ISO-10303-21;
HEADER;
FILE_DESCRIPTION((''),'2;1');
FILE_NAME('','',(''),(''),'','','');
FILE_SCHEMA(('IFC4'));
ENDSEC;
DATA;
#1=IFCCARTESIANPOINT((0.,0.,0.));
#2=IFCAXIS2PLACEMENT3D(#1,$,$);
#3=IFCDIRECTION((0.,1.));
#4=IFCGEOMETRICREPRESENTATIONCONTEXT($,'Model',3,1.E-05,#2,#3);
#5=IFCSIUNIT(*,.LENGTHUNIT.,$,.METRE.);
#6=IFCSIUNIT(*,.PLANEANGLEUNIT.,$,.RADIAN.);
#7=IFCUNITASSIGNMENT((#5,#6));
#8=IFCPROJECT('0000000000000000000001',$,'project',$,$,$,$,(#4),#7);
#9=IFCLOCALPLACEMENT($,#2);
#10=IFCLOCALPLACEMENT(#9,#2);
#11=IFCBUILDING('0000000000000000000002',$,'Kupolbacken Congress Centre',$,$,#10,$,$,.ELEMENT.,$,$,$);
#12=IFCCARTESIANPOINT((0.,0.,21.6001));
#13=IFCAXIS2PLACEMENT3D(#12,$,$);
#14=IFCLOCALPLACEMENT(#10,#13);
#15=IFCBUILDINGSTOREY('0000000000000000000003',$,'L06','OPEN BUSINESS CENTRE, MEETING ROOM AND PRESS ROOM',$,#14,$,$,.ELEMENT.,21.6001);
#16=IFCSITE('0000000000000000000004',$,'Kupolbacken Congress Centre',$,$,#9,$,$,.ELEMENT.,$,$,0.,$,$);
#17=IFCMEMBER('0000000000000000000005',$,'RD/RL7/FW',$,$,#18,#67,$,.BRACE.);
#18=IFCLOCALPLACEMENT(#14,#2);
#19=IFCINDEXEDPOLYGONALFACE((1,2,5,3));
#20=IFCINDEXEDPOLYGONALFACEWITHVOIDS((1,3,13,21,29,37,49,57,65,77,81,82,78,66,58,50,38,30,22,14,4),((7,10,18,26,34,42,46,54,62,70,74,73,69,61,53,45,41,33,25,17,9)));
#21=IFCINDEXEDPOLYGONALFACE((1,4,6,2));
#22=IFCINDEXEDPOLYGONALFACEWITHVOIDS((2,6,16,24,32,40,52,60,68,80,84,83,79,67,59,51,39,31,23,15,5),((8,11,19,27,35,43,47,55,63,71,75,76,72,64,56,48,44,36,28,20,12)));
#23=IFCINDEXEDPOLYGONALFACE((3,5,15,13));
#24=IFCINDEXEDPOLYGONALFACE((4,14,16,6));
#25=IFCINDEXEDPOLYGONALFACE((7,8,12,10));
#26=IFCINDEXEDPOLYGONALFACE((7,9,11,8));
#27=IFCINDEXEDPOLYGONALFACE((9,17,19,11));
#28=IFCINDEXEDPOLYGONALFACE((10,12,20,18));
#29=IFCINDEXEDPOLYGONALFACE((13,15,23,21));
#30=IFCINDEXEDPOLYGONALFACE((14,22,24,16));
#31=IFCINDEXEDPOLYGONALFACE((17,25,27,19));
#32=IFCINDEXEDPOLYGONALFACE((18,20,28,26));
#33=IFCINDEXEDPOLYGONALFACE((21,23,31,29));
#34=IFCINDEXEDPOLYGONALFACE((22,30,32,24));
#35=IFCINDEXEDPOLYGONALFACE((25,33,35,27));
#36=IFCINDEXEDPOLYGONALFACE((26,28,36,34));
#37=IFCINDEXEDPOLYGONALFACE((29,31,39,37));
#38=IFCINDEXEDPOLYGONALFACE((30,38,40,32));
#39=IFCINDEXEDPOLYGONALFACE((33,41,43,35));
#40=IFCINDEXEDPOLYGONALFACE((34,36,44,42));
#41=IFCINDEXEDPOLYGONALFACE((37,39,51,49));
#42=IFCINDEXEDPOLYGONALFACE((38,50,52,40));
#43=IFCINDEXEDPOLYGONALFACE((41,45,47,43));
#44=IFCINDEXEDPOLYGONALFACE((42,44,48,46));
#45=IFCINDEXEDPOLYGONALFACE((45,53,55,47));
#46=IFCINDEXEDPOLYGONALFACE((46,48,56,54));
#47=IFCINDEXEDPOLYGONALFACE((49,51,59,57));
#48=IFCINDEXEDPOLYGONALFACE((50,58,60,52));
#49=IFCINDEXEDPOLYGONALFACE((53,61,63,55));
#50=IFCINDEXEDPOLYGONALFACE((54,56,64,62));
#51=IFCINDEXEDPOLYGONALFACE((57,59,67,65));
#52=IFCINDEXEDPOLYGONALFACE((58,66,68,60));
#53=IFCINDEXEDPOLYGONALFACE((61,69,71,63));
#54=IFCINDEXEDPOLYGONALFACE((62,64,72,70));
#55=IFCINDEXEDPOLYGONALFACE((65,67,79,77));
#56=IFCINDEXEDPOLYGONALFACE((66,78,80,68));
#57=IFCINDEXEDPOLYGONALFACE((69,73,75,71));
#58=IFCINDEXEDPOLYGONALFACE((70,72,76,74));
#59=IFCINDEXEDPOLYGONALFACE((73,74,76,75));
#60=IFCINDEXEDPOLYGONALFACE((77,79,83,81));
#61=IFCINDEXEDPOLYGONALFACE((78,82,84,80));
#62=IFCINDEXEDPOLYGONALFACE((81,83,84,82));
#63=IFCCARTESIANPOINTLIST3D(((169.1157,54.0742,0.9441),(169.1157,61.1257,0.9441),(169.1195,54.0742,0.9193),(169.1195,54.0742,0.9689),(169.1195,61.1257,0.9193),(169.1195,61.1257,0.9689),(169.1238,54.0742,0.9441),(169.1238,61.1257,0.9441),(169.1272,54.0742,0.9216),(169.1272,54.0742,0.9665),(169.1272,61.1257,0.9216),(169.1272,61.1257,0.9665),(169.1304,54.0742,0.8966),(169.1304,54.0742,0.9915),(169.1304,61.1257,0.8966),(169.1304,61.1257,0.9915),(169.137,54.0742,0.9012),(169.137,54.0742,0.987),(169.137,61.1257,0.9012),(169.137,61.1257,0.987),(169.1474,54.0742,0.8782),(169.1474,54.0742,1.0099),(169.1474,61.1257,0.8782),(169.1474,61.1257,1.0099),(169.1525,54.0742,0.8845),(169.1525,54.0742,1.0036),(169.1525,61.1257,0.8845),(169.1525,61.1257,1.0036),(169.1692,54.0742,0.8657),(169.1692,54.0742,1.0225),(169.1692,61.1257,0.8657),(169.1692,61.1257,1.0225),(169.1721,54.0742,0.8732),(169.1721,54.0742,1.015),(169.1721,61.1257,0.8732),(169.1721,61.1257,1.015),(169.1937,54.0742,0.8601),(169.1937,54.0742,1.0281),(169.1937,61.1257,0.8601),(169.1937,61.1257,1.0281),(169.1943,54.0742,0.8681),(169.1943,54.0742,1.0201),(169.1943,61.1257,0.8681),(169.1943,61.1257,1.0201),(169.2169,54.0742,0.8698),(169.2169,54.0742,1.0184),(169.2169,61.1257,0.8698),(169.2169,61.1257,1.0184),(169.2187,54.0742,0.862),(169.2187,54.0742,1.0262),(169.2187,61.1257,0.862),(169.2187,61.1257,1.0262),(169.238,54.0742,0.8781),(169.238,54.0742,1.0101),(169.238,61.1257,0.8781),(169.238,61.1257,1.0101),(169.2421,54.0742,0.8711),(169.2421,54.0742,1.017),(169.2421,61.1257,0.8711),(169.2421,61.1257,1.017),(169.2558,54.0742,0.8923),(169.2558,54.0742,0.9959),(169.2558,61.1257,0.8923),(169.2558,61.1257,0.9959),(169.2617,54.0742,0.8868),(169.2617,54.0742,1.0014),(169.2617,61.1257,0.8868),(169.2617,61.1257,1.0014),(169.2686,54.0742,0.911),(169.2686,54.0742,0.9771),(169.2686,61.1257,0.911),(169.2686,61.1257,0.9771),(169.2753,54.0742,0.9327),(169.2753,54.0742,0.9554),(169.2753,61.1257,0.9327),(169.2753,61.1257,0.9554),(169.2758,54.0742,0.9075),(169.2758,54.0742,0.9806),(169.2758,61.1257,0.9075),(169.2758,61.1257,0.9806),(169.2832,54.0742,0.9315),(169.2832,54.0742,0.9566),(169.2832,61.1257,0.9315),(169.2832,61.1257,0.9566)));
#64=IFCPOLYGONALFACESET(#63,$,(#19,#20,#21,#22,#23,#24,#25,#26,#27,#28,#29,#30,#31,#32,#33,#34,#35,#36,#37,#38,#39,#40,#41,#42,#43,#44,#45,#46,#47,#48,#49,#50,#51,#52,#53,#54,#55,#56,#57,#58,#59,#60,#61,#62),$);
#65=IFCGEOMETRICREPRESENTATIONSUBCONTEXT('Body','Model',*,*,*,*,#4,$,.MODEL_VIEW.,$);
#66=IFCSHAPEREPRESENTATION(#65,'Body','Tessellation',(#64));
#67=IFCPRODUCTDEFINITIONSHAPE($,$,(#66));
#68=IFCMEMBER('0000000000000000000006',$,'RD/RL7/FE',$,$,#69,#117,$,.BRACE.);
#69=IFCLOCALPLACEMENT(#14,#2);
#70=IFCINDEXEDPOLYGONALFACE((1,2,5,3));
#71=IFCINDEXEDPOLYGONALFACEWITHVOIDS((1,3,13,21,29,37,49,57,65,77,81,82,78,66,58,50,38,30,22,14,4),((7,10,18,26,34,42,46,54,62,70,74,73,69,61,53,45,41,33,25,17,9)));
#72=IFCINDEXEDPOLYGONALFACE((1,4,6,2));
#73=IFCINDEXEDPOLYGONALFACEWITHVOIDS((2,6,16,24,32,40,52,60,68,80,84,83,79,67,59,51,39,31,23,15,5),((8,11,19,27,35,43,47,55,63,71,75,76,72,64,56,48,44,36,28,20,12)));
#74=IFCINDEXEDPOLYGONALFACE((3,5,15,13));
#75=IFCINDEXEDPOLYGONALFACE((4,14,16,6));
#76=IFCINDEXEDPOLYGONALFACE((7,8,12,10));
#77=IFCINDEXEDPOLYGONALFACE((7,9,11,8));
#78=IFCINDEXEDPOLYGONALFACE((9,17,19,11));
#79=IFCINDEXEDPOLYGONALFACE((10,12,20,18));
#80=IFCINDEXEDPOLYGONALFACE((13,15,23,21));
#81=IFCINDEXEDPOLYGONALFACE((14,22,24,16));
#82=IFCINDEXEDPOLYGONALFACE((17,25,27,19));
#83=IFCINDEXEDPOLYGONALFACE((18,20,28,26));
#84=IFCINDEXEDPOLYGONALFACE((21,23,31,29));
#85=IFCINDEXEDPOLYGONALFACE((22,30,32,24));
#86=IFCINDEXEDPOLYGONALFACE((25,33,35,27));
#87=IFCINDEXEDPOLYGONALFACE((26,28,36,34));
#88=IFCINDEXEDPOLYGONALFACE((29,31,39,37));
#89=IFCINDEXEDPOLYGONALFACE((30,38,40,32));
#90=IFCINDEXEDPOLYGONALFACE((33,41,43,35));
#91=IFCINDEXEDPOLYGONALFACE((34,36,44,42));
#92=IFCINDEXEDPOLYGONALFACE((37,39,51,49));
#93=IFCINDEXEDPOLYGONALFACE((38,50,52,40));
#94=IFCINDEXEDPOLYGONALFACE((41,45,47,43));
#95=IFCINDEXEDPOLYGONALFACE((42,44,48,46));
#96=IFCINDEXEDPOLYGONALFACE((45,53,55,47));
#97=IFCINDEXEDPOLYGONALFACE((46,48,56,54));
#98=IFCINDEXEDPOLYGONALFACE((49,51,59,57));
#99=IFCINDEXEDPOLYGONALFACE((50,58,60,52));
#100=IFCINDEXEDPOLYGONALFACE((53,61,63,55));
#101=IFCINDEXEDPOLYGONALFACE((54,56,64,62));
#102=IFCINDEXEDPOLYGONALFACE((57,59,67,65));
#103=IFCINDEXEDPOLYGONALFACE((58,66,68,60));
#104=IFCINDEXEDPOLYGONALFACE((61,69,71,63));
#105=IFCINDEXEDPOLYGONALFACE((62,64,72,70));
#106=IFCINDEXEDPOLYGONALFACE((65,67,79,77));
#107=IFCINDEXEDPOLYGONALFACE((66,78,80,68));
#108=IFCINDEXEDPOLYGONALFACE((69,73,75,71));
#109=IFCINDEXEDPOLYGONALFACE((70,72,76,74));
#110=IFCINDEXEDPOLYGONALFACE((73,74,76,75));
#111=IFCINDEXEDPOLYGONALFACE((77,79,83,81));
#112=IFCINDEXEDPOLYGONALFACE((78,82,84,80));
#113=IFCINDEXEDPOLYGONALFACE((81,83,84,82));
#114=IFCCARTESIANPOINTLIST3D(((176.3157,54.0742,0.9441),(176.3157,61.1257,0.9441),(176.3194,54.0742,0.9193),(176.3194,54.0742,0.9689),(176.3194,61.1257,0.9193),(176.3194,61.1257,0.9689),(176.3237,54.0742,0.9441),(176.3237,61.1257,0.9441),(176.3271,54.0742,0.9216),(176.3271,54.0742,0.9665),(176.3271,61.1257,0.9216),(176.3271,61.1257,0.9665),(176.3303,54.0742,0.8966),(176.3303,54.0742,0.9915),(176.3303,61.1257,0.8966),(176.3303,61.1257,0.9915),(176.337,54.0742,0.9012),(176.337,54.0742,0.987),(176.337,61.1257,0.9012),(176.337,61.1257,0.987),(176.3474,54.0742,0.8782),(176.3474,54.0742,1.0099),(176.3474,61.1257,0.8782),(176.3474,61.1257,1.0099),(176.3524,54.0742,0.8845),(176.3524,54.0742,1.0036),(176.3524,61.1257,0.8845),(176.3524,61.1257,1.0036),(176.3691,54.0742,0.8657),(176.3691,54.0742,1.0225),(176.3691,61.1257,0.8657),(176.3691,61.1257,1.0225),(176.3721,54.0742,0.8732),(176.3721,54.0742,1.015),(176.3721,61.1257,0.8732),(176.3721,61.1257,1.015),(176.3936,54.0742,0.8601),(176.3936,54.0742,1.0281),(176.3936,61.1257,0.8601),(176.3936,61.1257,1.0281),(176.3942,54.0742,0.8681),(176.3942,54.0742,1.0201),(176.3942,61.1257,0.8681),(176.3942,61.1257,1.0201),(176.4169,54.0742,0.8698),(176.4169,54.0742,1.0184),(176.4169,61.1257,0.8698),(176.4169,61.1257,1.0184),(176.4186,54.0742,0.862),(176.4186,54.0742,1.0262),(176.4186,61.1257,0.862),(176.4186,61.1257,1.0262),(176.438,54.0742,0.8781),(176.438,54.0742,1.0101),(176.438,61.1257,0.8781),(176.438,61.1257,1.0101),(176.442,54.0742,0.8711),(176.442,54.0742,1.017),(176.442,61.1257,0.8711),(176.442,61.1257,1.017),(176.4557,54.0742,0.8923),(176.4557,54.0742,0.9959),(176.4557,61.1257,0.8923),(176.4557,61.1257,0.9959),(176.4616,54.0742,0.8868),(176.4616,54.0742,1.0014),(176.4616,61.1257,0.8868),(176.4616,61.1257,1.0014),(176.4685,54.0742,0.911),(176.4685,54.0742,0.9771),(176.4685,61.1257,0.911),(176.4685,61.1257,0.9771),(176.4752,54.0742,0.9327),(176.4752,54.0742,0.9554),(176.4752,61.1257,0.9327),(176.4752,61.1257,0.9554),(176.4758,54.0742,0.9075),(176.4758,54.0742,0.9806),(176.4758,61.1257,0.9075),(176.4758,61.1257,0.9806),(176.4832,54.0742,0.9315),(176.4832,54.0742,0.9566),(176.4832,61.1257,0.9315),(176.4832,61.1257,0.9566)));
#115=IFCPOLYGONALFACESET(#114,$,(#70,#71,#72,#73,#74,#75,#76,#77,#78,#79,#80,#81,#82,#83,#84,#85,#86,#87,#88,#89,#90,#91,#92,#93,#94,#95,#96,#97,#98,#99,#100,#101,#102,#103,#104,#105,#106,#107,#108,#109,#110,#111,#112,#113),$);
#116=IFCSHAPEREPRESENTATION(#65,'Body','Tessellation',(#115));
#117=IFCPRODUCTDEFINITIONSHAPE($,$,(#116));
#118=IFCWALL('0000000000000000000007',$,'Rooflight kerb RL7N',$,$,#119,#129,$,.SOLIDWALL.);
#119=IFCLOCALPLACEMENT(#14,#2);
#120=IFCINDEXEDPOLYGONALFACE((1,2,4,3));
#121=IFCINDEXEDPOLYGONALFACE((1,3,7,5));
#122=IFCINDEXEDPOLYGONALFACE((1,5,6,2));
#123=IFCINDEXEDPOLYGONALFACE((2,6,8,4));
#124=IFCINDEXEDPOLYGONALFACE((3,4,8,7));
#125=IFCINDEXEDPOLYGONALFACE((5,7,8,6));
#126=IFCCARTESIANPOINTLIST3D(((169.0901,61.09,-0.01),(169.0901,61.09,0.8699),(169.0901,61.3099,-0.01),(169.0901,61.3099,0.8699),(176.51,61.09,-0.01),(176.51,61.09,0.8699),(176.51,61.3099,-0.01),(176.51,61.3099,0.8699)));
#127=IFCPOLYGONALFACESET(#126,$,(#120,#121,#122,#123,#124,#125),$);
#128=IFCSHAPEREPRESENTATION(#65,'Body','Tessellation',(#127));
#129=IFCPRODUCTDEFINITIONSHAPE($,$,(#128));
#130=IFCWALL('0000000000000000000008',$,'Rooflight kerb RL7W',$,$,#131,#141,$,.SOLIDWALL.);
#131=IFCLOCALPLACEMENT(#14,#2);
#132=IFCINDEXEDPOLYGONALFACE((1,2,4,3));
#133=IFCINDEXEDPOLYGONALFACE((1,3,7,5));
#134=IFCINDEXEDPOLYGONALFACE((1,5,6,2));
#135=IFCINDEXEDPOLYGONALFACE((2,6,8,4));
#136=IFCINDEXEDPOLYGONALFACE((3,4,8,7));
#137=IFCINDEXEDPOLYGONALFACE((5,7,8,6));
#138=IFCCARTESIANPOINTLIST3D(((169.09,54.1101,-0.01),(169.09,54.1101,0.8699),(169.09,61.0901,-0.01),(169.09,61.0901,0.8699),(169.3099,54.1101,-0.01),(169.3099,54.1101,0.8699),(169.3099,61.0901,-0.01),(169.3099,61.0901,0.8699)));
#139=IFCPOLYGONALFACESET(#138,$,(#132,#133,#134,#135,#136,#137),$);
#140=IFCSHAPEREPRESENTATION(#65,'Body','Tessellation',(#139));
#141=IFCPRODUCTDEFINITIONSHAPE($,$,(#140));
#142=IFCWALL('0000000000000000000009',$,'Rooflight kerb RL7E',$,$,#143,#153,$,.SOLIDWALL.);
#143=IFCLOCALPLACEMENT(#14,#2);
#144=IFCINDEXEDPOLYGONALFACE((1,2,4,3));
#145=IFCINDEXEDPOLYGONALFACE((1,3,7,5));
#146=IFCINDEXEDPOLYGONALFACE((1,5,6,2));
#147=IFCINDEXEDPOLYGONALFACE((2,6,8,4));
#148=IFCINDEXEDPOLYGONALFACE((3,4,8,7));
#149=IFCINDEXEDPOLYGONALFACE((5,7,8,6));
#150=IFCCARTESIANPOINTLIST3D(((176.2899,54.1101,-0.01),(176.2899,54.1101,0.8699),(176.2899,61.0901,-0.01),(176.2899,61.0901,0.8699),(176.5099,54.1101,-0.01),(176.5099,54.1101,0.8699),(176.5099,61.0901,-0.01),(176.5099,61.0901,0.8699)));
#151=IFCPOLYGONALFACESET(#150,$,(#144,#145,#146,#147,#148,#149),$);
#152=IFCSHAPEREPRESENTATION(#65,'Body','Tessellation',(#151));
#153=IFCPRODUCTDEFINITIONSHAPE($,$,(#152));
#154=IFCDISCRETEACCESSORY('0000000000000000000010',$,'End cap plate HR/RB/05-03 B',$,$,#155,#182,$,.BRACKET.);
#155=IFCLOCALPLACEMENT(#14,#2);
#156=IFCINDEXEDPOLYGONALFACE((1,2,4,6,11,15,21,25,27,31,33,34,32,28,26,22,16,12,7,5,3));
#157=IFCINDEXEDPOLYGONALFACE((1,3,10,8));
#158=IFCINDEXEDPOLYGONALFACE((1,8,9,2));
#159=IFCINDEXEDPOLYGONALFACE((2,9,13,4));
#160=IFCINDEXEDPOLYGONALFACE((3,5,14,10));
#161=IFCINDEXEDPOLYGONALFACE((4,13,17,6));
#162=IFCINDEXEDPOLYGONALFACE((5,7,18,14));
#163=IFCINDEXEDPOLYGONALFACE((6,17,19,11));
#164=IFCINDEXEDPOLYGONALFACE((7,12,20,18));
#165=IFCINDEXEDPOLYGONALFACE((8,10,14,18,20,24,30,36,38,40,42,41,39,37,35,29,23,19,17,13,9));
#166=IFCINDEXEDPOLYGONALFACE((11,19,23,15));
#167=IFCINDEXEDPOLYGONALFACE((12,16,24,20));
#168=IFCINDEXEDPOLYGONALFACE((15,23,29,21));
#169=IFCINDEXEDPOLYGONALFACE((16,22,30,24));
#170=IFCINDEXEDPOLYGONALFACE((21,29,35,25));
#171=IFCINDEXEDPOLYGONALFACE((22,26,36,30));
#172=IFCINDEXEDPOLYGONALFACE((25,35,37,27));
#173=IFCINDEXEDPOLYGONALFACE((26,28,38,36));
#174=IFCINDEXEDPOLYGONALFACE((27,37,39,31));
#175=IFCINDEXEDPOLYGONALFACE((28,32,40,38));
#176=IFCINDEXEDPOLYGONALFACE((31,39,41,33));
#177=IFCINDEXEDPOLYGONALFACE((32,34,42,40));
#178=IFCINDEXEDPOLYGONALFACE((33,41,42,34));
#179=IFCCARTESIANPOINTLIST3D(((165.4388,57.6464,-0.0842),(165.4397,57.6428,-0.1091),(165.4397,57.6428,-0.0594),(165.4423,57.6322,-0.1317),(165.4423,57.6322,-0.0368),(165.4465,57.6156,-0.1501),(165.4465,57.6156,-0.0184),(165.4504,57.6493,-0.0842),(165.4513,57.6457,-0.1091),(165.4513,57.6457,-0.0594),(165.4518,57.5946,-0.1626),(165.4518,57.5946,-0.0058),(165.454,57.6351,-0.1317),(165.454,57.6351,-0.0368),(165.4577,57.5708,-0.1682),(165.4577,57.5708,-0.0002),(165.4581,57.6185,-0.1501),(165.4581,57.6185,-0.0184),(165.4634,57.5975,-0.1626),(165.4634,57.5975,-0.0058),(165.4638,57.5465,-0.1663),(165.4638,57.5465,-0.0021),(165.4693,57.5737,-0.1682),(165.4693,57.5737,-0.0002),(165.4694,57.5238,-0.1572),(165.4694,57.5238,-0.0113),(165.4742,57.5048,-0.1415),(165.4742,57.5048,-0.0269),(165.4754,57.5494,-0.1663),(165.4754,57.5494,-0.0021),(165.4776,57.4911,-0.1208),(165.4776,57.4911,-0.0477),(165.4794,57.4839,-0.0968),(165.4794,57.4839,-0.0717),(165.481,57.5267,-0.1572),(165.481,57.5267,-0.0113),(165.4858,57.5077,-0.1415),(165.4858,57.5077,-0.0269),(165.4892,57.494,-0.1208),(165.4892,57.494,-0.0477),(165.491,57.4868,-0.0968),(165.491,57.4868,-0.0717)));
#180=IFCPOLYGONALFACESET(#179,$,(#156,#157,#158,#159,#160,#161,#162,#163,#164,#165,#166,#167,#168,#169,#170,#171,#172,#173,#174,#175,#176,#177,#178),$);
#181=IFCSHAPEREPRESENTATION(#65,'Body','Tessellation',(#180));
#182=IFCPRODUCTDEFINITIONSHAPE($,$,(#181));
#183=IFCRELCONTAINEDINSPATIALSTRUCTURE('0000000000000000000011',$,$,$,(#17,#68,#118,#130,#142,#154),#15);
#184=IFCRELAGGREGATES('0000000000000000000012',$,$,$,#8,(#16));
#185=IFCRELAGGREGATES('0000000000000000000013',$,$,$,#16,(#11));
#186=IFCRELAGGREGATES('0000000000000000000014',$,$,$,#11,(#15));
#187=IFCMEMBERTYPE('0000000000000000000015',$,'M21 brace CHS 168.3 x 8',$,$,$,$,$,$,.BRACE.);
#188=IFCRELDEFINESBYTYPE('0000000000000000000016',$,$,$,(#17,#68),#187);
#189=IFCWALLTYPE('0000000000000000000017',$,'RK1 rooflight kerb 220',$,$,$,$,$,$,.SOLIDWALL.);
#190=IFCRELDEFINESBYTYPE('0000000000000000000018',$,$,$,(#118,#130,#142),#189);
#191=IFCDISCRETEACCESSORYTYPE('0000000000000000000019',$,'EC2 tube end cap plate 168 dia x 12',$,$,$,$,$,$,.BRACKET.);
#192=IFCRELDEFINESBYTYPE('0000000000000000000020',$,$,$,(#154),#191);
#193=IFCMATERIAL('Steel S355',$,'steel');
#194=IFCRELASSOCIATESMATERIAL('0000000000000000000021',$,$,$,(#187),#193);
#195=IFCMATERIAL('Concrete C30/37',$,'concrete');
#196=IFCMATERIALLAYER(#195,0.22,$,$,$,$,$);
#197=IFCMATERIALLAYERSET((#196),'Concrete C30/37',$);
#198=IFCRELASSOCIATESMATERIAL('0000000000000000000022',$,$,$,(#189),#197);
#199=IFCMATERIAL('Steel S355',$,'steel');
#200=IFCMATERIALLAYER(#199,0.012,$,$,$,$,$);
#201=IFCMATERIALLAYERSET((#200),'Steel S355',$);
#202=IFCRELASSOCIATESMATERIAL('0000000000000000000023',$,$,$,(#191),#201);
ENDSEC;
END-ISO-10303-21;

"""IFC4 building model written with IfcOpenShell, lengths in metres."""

from ifc_helpers import new_model, si_unit, direction, frame, frame_2d, origin, origin_2d, place, context, subcontext, project, spatial, rectangle, circle, hollow_circle, extrude, material, layer, layer_set, material_profile, profile_set, type_object, element, save


model = new_model("IFC4")

# Units and contexts
model_context = context("Model", 3, precision=1e-05, world=origin(), true_north=direction((0.0, 1.0)))
body_context = subcontext(model_context, "Body", "Model", "MODEL_VIEW")
ifc_project = project(units=[si_unit("LENGTHUNIT", "METRE"), si_unit("PLANEANGLEUNIT", "RADIAN")], contexts=[model_context])

# Site, building, storey
site_placement = place(None, origin())
site = spatial("IfcSite", under=ifc_project, at=site_placement, Name="Kupolbacken Congress Centre", CompositionType="ELEMENT", RefElevation=0.0)
building_placement = place(site_placement, origin())
building = spatial("IfcBuilding", under=site, at=building_placement, Name="Kupolbacken Congress Centre", CompositionType="ELEMENT")
storey_placement = place(building_placement, frame((0.0, 0.0, 21.6001)))
storey = spatial("IfcBuildingStorey", under=building, at=storey_placement, Name="L06", Description="OPEN BUSINESS CENTRE, MEETING ROOM AND PRESS ROOM", CompositionType="ELEMENT", Elevation=21.6001)

# Members
ifc_material_1 = material(Name="Steel S355", Category="steel")
ifc_material_profile_1 = material_profile(ifc_material_1, hollow_circle(Radius=0.0842, WallThickness=0.0081, at=origin_2d()), Name="CHS 168.3 x 8")
ifc_profile_set_1 = profile_set([ifc_material_profile_1], Name="Steel S355")
member_type_1 = type_object("IfcMemberType", Name="M21 brace CHS 168.3 x 8", PredefinedType="BRACE", material=ifc_profile_set_1)
for number, where, z_axis, x_axis, name in (
    (1, (169.2, 54.0742, 0.9441), (0.0, 1.0, 0.0), (-1.0, 0.0, 0.0), "RD/RL7/FW"),
    (2, (176.3999, 54.0742, 0.9441), (0.0, 1.0, 0.0), (-1.0, 0.0, 0.0), "RD/RL7/FE"),
):
    element("IfcMember", number, at=place(storey_placement, frame(where, z_axis=z_axis, x_axis=x_axis)), inside=storey, type_object=member_type_1, Name=name, PredefinedType="BRACE", context=body_context, shape_type="SweptSolid", body=[
        extrude(hollow_circle(Radius=0.0842, WallThickness=0.0081, at=origin_2d()), origin(), (0.0, 0.0, 1.0), 7.0515),
    ])

# Walls
ifc_material_2 = material(Name="Concrete C30/37", Category="concrete")
ifc_layer_1 = layer(ifc_material_2, 0.22)
ifc_layer_set_1 = layer_set([ifc_layer_1], Name="Concrete C30/37")
wall_type = type_object("IfcWallType", Name="RK1 rooflight kerb 220", PredefinedType="SOLIDWALL", material=ifc_layer_set_1)
wall_placement = place(storey_placement, frame((169.0901, 61.2, -0.01), z_axis=(0.0, 0.0, 1.0), x_axis=(1.0, 0.0, 0.0)))
element("IfcWall", 3, at=wall_placement, inside=storey, type_object=wall_type, Name="Rooflight kerb RL7N", PredefinedType="SOLIDWALL", context=body_context, shape_type="SweptSolid", body=[
    extrude(rectangle(XDim=7.4199, YDim=0.22, at=frame_2d((3.71, 0.0))), origin(), (0.0, 0.0, 1.0), 0.8799),
])
for number, where, z_axis, x_axis, name in (
    (4, (169.2, 54.1101, -0.01), (0.0, 0.0, 1.0), (0.0, 1.0, 0.0), "Rooflight kerb RL7W"),
    (5, (176.3999, 54.1101, -0.01), (0.0, 0.0, 1.0), (0.0, 1.0, 0.0), "Rooflight kerb RL7E"),
):
    element("IfcWall", number, at=place(storey_placement, frame(where, z_axis=z_axis, x_axis=x_axis)), inside=storey, type_object=wall_type, Name=name, PredefinedType="SOLIDWALL", context=body_context, shape_type="SweptSolid", body=[
        extrude(rectangle(XDim=6.98, YDim=0.22, at=frame_2d((3.49, 0.0))), origin(), (0.0, 0.0, 1.0), 0.8799),
    ])

# Discrete accessory
ifc_material_3 = material(Name="Steel S355", Category="steel")
ifc_layer_2 = layer(ifc_material_3, 0.012)
ifc_layer_set_2 = layer_set([ifc_layer_2], Name="Steel S355")
discrete_accessory_type = type_object("IfcDiscreteAccessoryType", Name="EC2 tube end cap plate 168 dia x 12", PredefinedType="BRACKET", material=ifc_layer_set_2)
for number, where, z_axis, x_axis, name in (
    (6, (165.4592, 57.5647, -0.0842), (0.970143, 0.242536, 0.0), (-0.242536, 0.970143, 0.0), "End cap plate HR/RB/05-03 B"),
):
    element("IfcDiscreteAccessory", number, at=place(storey_placement, frame(where, z_axis=z_axis, x_axis=x_axis)), inside=storey, type_object=discrete_accessory_type, Name=name, PredefinedType="BRACKET", context=body_context, shape_type="SweptSolid", body=[
        extrude(circle(Radius=0.0842, at=origin_2d()), origin(), (0.0, 0.0, 1.0), 0.012),
    ])

save(model, "model.ifc")
